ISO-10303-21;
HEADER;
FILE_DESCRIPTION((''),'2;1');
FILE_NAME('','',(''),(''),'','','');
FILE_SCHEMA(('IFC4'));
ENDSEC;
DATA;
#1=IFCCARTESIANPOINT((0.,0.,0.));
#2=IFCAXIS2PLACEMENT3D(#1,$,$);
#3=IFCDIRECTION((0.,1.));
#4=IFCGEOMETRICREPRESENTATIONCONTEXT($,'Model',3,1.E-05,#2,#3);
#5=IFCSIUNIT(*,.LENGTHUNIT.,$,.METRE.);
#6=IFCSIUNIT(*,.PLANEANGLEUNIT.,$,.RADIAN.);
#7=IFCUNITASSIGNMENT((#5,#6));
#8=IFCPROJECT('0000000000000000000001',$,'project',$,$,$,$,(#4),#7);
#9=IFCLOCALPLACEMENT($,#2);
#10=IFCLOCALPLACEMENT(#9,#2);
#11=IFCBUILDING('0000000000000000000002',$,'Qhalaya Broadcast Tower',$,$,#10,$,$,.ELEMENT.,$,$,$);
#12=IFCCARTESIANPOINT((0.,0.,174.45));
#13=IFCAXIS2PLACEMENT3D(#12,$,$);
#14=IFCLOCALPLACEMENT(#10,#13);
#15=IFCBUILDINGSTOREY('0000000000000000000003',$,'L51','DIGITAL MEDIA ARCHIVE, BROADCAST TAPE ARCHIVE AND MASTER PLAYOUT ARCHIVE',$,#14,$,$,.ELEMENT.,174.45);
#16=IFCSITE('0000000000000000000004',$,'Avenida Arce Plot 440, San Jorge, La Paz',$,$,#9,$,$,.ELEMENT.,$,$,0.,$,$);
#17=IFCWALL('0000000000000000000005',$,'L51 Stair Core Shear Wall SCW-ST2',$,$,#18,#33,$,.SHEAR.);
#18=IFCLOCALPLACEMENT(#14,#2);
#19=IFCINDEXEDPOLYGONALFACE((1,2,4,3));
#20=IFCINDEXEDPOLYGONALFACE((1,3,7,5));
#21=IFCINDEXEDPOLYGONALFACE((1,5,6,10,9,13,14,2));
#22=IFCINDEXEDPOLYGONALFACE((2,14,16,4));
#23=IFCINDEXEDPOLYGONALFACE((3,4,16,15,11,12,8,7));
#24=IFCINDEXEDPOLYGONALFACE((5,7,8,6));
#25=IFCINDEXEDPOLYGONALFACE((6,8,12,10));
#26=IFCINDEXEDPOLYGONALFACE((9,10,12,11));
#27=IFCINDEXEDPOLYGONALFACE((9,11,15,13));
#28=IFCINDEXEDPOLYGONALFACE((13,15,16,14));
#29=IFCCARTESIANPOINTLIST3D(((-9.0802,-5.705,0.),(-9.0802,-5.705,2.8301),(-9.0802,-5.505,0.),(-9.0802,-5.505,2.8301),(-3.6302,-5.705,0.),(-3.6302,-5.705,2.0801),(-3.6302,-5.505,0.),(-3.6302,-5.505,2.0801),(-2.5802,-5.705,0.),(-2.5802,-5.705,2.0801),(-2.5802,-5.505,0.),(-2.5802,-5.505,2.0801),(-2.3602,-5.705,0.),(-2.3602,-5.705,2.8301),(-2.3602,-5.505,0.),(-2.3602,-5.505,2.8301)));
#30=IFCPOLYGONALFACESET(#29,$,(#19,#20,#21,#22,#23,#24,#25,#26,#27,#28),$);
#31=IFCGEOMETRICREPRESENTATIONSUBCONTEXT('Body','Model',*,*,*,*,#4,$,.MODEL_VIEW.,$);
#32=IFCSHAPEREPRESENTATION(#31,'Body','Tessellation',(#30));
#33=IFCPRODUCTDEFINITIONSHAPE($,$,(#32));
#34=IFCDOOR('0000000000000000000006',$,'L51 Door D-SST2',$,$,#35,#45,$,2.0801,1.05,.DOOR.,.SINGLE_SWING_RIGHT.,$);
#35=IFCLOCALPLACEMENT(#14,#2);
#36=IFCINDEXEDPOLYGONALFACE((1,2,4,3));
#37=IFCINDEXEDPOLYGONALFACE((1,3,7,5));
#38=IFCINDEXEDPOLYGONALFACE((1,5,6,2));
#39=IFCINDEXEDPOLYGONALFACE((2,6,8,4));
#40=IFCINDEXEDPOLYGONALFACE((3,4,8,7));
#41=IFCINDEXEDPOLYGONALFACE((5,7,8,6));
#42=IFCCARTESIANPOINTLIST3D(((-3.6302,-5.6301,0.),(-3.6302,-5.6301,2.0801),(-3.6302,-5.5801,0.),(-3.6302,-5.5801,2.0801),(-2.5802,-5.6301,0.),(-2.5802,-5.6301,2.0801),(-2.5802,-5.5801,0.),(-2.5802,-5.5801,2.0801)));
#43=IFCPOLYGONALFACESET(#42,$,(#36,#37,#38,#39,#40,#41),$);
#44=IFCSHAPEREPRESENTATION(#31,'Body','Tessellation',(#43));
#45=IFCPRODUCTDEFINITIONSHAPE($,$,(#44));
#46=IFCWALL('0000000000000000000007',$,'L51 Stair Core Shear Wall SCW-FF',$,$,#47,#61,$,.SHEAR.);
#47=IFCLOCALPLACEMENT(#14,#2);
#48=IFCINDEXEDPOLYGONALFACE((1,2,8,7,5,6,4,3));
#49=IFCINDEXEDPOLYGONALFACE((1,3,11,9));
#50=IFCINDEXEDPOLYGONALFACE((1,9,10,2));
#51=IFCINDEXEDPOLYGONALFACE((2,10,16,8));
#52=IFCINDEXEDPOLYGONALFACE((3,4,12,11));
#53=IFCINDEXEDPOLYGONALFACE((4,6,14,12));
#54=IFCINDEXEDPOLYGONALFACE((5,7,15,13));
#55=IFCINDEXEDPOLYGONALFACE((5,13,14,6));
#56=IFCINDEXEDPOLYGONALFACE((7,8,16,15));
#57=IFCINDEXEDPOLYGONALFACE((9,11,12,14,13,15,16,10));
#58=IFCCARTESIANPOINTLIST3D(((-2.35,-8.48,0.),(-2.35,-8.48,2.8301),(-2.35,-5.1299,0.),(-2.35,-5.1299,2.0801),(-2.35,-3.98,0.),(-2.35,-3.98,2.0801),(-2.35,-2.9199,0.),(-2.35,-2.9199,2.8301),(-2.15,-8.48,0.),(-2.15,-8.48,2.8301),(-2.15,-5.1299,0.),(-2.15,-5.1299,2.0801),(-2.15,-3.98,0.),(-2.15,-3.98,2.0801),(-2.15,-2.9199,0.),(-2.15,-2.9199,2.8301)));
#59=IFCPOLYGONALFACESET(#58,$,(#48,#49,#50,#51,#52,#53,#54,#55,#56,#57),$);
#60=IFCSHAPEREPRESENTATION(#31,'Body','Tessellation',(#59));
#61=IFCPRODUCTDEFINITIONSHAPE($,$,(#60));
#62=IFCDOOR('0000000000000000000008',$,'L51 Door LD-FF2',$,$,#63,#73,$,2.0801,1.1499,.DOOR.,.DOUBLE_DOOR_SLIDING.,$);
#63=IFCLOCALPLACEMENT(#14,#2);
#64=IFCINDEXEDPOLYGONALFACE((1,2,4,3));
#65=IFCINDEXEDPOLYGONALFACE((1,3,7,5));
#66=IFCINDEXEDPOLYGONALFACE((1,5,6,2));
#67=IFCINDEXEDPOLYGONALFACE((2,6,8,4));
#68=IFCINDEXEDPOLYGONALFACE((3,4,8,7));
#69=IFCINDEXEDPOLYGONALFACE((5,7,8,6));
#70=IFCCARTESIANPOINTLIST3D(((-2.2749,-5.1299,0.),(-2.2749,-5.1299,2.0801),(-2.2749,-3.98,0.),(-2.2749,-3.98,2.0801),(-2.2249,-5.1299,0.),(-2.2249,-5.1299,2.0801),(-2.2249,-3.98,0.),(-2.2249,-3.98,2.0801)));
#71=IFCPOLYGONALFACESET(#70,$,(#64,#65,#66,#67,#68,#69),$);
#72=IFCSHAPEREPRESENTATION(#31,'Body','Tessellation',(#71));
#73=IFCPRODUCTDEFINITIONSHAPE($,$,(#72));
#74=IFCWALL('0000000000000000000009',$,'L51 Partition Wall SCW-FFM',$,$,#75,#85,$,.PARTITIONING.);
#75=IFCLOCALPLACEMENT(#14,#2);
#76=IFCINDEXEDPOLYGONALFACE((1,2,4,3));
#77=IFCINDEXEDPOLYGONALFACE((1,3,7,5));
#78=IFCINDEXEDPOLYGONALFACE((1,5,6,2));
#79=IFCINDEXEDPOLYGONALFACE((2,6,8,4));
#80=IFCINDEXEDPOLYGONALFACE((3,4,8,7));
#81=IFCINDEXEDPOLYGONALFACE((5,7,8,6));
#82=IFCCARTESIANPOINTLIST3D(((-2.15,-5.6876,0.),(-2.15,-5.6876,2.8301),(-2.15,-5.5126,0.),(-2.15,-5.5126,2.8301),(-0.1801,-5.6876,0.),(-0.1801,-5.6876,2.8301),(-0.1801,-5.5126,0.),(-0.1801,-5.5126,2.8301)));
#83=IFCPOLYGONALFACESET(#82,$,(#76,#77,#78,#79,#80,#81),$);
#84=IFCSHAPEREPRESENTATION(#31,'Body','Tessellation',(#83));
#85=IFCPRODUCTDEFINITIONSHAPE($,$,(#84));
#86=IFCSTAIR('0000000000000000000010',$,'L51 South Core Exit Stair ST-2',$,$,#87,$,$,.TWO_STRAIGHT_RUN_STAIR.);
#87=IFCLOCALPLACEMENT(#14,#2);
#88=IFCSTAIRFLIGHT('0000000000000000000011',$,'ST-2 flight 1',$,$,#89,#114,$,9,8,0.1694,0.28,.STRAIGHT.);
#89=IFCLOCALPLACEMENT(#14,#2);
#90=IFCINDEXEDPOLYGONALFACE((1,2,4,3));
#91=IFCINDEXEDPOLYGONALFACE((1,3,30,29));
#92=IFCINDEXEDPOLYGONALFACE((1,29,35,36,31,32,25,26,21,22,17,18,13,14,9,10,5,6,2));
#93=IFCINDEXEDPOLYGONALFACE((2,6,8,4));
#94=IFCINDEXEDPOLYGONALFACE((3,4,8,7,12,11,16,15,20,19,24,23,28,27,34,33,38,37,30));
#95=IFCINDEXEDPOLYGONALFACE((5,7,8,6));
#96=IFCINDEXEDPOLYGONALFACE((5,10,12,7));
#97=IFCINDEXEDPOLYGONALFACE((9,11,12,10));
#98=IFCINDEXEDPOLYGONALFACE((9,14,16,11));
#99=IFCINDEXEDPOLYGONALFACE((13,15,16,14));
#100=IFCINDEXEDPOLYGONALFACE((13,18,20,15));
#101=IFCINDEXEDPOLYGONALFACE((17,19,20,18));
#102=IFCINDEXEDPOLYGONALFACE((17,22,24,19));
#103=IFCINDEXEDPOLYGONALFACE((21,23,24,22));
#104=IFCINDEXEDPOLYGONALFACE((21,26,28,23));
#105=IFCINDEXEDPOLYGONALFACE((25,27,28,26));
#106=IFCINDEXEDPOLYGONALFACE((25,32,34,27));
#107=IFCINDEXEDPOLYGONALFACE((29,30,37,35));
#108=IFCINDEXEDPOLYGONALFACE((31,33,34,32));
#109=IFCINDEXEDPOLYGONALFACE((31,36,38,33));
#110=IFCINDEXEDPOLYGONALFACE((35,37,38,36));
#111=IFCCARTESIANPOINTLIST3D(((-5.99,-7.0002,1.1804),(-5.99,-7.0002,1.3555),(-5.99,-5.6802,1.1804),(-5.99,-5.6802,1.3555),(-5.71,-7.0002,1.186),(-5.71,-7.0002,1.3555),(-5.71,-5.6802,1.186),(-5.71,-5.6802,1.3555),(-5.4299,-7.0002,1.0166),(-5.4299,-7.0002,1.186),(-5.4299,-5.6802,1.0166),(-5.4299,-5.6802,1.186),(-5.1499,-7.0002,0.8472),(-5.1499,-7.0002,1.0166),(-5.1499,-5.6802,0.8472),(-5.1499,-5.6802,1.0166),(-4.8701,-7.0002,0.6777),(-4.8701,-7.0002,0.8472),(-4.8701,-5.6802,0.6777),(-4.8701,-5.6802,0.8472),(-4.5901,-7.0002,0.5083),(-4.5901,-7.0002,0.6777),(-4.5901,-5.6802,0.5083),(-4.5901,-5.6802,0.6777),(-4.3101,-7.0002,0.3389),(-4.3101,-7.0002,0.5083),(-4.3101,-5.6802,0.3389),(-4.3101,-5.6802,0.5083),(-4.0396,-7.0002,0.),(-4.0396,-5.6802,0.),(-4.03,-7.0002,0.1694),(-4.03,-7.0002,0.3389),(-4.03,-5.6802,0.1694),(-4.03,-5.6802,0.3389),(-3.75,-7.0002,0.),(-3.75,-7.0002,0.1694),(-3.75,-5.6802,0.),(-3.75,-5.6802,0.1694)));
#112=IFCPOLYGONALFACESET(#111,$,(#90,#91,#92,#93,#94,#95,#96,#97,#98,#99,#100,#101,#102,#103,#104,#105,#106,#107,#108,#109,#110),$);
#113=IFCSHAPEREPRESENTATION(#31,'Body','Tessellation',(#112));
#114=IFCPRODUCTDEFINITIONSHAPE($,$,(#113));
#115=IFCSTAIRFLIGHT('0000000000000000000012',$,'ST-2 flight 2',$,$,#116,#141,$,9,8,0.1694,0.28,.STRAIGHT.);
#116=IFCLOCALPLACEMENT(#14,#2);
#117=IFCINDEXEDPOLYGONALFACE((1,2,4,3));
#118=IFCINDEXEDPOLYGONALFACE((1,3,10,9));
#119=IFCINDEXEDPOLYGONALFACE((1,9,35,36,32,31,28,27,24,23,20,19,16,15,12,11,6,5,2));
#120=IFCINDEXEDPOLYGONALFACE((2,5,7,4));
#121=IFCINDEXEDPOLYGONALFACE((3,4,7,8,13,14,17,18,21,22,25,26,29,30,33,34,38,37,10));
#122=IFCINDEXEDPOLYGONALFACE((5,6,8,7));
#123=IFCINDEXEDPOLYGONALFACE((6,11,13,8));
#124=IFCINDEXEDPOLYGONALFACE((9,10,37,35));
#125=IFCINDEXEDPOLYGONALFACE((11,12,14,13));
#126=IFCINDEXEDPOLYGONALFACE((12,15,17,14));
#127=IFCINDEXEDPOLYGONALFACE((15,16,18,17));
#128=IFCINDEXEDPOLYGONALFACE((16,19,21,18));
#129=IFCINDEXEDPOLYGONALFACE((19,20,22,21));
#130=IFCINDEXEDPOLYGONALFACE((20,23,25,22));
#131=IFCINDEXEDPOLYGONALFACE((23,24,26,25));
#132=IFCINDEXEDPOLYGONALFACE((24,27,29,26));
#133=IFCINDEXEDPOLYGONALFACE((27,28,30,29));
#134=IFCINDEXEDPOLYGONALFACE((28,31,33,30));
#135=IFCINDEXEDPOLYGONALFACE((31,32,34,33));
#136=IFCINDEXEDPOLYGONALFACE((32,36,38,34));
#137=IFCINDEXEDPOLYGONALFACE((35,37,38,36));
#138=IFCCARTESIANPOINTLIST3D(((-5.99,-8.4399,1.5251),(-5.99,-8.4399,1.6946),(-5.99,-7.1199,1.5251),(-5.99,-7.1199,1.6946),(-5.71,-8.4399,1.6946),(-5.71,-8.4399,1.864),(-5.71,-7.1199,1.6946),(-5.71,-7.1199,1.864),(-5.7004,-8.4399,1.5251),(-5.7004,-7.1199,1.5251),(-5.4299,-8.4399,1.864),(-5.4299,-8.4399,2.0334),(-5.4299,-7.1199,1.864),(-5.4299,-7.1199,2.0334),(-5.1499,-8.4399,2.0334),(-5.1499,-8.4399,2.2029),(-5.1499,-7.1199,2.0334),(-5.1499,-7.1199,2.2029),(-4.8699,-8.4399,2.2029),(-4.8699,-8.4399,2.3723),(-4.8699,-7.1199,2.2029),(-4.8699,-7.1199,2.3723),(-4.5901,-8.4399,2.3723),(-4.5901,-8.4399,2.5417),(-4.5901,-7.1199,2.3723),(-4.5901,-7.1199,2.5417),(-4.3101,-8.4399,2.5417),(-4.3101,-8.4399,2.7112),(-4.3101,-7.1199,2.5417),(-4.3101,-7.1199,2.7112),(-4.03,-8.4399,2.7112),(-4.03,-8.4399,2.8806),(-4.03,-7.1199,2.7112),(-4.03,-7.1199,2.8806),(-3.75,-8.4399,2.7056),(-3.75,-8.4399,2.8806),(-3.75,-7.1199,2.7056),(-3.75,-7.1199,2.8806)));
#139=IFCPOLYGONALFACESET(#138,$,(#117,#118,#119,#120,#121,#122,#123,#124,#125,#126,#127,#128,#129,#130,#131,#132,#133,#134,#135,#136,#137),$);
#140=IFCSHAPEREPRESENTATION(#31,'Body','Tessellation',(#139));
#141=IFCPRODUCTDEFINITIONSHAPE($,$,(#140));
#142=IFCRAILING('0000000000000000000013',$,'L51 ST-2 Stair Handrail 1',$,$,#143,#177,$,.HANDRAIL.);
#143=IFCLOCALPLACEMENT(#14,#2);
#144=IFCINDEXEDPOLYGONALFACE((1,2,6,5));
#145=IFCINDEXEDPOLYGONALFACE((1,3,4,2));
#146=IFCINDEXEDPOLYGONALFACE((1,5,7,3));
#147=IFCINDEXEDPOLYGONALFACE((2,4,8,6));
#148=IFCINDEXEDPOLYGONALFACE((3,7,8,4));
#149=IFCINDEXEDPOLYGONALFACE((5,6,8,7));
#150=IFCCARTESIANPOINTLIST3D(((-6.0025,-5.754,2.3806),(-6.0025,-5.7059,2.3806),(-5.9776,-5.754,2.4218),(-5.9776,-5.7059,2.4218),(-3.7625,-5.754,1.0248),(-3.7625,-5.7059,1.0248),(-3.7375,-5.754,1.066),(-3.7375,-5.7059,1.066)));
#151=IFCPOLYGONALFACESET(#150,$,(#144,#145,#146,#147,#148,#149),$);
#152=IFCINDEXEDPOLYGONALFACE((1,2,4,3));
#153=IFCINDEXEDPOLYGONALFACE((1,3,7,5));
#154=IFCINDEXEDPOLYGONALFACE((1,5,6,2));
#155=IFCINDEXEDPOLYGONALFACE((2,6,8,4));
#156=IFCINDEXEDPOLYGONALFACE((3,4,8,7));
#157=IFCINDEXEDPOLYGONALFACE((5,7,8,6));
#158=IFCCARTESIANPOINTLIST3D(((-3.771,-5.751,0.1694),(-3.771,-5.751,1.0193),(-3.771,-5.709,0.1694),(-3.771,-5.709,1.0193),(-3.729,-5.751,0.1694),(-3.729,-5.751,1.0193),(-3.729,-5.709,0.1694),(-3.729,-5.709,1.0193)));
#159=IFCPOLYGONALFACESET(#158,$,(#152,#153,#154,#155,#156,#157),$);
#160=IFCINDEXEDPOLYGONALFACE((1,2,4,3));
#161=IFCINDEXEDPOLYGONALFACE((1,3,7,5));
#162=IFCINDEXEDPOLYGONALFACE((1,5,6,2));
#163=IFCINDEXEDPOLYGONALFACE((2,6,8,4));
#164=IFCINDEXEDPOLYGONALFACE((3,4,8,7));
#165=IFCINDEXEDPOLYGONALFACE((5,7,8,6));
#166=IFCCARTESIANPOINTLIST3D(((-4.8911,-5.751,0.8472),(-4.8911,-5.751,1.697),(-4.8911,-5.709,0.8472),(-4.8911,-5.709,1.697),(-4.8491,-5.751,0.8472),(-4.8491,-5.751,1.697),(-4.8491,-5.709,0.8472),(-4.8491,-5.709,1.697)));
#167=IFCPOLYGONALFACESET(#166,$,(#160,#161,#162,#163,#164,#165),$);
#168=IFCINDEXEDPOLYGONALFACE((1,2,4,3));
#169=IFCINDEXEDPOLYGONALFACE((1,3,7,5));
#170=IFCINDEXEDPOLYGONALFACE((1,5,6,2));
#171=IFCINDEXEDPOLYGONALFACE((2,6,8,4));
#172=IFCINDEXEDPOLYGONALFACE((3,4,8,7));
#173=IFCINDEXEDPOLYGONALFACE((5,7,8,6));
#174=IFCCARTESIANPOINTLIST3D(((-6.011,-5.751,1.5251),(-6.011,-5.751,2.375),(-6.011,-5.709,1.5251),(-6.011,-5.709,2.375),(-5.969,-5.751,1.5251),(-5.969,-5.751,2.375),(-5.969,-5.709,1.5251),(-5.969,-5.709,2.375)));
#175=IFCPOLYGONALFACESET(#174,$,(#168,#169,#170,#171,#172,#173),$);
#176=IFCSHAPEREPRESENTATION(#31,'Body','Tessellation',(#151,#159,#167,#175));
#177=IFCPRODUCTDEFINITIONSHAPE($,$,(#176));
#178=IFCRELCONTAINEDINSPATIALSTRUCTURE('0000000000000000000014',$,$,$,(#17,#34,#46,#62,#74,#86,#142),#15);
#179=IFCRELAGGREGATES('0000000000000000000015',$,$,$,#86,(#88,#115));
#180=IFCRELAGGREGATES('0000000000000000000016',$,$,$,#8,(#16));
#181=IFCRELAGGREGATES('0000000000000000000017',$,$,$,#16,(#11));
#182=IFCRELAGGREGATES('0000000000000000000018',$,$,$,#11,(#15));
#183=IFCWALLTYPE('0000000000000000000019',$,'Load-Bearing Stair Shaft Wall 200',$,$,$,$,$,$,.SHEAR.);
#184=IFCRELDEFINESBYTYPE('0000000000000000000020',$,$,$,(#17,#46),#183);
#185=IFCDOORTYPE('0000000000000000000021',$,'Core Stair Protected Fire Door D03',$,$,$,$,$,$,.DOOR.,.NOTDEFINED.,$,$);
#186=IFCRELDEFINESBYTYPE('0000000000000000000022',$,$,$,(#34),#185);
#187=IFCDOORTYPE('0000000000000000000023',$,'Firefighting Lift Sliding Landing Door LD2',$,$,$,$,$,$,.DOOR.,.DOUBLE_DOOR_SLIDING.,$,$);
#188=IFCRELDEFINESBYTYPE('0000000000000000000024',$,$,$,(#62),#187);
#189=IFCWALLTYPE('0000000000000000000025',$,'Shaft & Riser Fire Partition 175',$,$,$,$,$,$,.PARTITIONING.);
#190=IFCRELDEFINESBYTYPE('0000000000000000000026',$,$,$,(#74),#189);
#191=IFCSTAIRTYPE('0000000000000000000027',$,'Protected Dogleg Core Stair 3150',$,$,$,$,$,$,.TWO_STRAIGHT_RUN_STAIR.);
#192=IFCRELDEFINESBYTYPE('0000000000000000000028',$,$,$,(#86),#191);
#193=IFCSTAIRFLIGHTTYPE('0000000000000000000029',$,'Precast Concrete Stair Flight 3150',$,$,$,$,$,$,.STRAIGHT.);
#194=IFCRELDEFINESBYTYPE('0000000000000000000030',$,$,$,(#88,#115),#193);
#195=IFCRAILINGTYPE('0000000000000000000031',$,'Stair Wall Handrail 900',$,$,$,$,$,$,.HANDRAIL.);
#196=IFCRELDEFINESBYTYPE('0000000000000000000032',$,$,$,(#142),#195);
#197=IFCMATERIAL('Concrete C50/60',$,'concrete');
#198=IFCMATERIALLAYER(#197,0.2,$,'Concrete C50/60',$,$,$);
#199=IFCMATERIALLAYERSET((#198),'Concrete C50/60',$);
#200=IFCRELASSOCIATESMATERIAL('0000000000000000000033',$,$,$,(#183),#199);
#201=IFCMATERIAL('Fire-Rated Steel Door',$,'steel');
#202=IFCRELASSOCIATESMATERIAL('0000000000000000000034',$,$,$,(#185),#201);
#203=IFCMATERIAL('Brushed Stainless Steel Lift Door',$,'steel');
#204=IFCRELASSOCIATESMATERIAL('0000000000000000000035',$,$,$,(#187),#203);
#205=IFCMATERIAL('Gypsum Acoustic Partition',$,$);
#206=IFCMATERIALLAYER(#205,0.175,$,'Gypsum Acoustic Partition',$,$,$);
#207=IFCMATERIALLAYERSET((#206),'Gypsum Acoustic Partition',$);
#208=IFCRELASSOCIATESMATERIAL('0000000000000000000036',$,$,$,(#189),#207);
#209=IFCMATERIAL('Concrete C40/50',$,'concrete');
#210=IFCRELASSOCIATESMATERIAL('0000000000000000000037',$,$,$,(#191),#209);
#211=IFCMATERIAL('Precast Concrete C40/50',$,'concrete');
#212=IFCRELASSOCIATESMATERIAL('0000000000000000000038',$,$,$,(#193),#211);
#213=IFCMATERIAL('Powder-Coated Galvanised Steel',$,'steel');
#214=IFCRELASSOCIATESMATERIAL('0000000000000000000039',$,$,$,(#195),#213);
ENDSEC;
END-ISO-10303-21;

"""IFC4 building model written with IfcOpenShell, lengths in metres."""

from ifc_helpers import new_model, si_unit, direction, frame, frame_2d, origin, origin_2d, place, context, subcontext, project, spatial, polyline, rectangle, outline, extrude, material, layer, layer_set, type_object, element, fill, aggregate, save


model = new_model("IFC4")

# Units and contexts
model_context = context("Model", 3, precision=1e-05, world=origin(), true_north=direction((0.0, 1.0)))
body_context = subcontext(model_context, "Body", "Model", "MODEL_VIEW")
ifc_project = project(units=[si_unit("LENGTHUNIT", "METRE"), si_unit("PLANEANGLEUNIT", "RADIAN")], contexts=[model_context])

# Site, building, storey
site_placement = place(None, origin())
site = spatial("IfcSite", under=ifc_project, at=site_placement, Name="Avenida Arce Plot 440, San Jorge, La Paz", CompositionType="ELEMENT", RefElevation=0.0)
building_placement = place(site_placement, origin())
building = spatial("IfcBuilding", under=site, at=building_placement, Name="Qhalaya Broadcast Tower", CompositionType="ELEMENT")
storey_placement = place(building_placement, frame((0.0, 0.0, 174.45)))
storey = spatial("IfcBuildingStorey", under=building, at=storey_placement, Name="L51", Description="DIGITAL MEDIA ARCHIVE, BROADCAST TAPE ARCHIVE AND MASTER PLAYOUT ARCHIVE", CompositionType="ELEMENT", Elevation=174.45)

# Shared definitions
ifc_material_1 = material(Name="Concrete C50/60", Category="concrete")

# Walls, openings, doors
ifc_layer_1 = layer(ifc_material_1, 0.2, Name="Concrete C50/60")
ifc_layer_set_1 = layer_set([ifc_layer_1], Name="Concrete C50/60")
wall_type_1 = type_object("IfcWallType", Name="Load-Bearing Stair Shaft Wall 200", PredefinedType="SHEAR", material=ifc_layer_set_1)
wall_1_placement = place(storey_placement, frame((-9.0801, -5.605, 0.0), z_axis=(0.0, 0.0, 1.0), x_axis=(1.0, 0.0, 0.0)))
wall_1 = element("IfcWall", 1, at=wall_1_placement, inside=storey, type_object=wall_type_1, Name="L51 Stair Core Shear Wall SCW-ST2", PredefinedType="SHEAR", context=body_context, shape_type="SweptSolid", body=[
    extrude(rectangle(XDim=6.72, YDim=0.2, at=frame_2d((3.3599, 0.0))), origin(), (0.0, 0.0, 1.0), 2.8301),
])
opening_1_placement = place(wall_1_placement, frame((5.45, 0.0, 0.0)))
opening_1 = element("IfcOpeningElement", 2, at=opening_1_placement, cuts=wall_1, PredefinedType="OPENING", context=body_context, shape_type="SweptSolid", body=[
    extrude(rectangle(XDim=1.05, YDim=2.0801, at=frame_2d((0.5249, 1.04))), frame((0.0, 0.1121, 0.0), z_axis=(0.0, -1.0, 0.0), x_axis=(1.0, 0.0, 0.0)), (0.0, 0.0, 1.0), 0.2239),
])
ifc_material_2 = material(Name="Fire-Rated Steel Door", Category="steel")
door_type_1 = type_object("IfcDoorType", Name="Core Stair Protected Fire Door D03", OperationType="NOTDEFINED", PredefinedType="DOOR", material=ifc_material_2)
door_1_placement = place(opening_1_placement, origin())
door_1 = element("IfcDoor", 3, at=door_1_placement, inside=storey, type_object=door_type_1, Name="L51 Door D-SST2", OperationType="SINGLE_SWING_RIGHT", OverallHeight=2.0801, OverallWidth=1.05, PredefinedType="DOOR", context=body_context, shape_type="SweptSolid", body=[
    extrude(rectangle(XDim=1.05, YDim=2.0801, at=frame_2d((0.5249, 1.04))), frame((0.0, 0.0249, 0.0), z_axis=(0.0, -1.0, 0.0), x_axis=(1.0, 0.0, 0.0)), (0.0, 0.0, 1.0), 0.05),
])
fill(opening_1, door_1)
wall_2_placement = place(storey_placement, frame((-2.25, -8.48, 0.0), z_axis=(0.0, 0.0, 1.0), x_axis=(0.0, 1.0, 0.0)))
wall_2 = element("IfcWall", 4, at=wall_2_placement, inside=storey, type_object=wall_type_1, Name="L51 Stair Core Shear Wall SCW-FF", PredefinedType="SHEAR", context=body_context, shape_type="SweptSolid", body=[
    extrude(rectangle(XDim=5.5601, YDim=0.2, at=frame_2d((2.78, 0.0))), origin(), (0.0, 0.0, 1.0), 2.8301),
])
opening_2_placement = place(wall_2_placement, frame((3.3501, 0.0, 0.0)))
opening_2 = element("IfcOpeningElement", 5, at=opening_2_placement, cuts=wall_2, PredefinedType="OPENING", context=body_context, shape_type="SweptSolid", body=[
    extrude(rectangle(XDim=1.1499, YDim=2.0801, at=frame_2d((0.575, 1.04))), frame((0.0, 0.1121, 0.0), z_axis=(0.0, -1.0, 0.0), x_axis=(1.0, 0.0, 0.0)), (0.0, 0.0, 1.0), 0.2239),
])
ifc_material_3 = material(Name="Brushed Stainless Steel Lift Door", Category="steel")
door_type_2 = type_object("IfcDoorType", Name="Firefighting Lift Sliding Landing Door LD2", OperationType="DOUBLE_DOOR_SLIDING", PredefinedType="DOOR", material=ifc_material_3)
door_2_placement = place(opening_2_placement, origin())
door_2 = element("IfcDoor", 6, at=door_2_placement, inside=storey, type_object=door_type_2, Name="L51 Door LD-FF2", OperationType="DOUBLE_DOOR_SLIDING", OverallHeight=2.0801, OverallWidth=1.1499, PredefinedType="DOOR", context=body_context, shape_type="SweptSolid", body=[
    extrude(rectangle(XDim=1.1499, YDim=2.0801, at=frame_2d((0.575, 1.04))), frame((0.0, 0.0249, 0.0), z_axis=(0.0, -1.0, 0.0), x_axis=(1.0, 0.0, 0.0)), (0.0, 0.0, 1.0), 0.05),
])
fill(opening_2, door_2)

# Wall
ifc_material_4 = material(Name="Gypsum Acoustic Partition")
ifc_layer_2 = layer(ifc_material_4, 0.175, Name="Gypsum Acoustic Partition")
ifc_layer_set_2 = layer_set([ifc_layer_2], Name="Gypsum Acoustic Partition")
wall_type_2 = type_object("IfcWallType", Name="Shaft & Riser Fire Partition 175", PredefinedType="PARTITIONING", material=ifc_layer_set_2)
wall_3_placement = place(storey_placement, frame((-2.1499, -5.6001, 0.0), z_axis=(0.0, 0.0, 1.0), x_axis=(1.0, 0.0, 0.0)))
element("IfcWall", 7, at=wall_3_placement, inside=storey, type_object=wall_type_2, Name="L51 Partition Wall SCW-FFM", PredefinedType="PARTITIONING", context=body_context, shape_type="SweptSolid", body=[
    extrude(rectangle(XDim=1.97, YDim=0.175, at=frame_2d((0.9849, 0.0))), origin(), (0.0, 0.0, 1.0), 2.8301),
])

# Stair, stair flights
ifc_material_5 = material(Name="Concrete C40/50", Category="concrete")
stair_type = type_object("IfcStairType", Name="Protected Dogleg Core Stair 3150", PredefinedType="TWO_STRAIGHT_RUN_STAIR", material=ifc_material_5)
stair_placement = place(storey_placement, origin())
stair = element("IfcStair", 8, at=stair_placement, inside=storey, type_object=stair_type, Name="L51 South Core Exit Stair ST-2", PredefinedType="TWO_STRAIGHT_RUN_STAIR")
ifc_material_6 = material(Name="Precast Concrete C40/50", Category="concrete")
stair_flight_type = type_object("IfcStairFlightType", Name="Precast Concrete Stair Flight 3150", PredefinedType="STRAIGHT", material=ifc_material_6)
stair_flight_1_placement = place(storey_placement, frame((-3.75, -6.3401, 0.0), z_axis=(0.0, 0.0, 1.0), x_axis=(-1.0, 0.0, 0.0)))
stair_flight_1 = element("IfcStairFlight", 9, at=stair_flight_1_placement, type_object=stair_flight_type, Name="ST-2 flight 1", NumberOfRisers=9, NumberOfTreads=8, PredefinedType="STRAIGHT", RiserHeight=0.1694, TreadLength=0.28, context=body_context, shape_type="SweptSolid", body=[
    extrude(outline(polyline([(0.0, 0.0), (0.0, 0.1694), (0.28, 0.1694), (0.28, 0.3389), (0.5601, 0.3389), (0.5601, 0.5083), (0.8401, 0.5083), (0.8401, 0.6777), (1.1201, 0.6777), (1.1201, 0.8472), (1.3999, 0.8472), (1.3999, 1.0166), (1.6799, 1.0166), (1.6799, 1.186), (1.96, 1.186), (1.96, 1.3555), (2.24, 1.3555), (2.24, 1.5249), (2.24, 1.1804), (0.2896, 0.0), (0.0, 0.0)])), frame((0.0, 0.6602, 0.0), z_axis=(0.0, -1.0, 0.0), x_axis=(1.0, 0.0, 0.0)), (0.0, 0.0, 1.0), 1.3201),
])
stair_flight_2_placement = place(storey_placement, frame((-5.99, -7.78, 1.5251), z_axis=(0.0, 0.0, 1.0), x_axis=(1.0, 0.0, 0.0)))
stair_flight_2 = element("IfcStairFlight", 10, at=stair_flight_2_placement, type_object=stair_flight_type, Name="ST-2 flight 2", NumberOfRisers=9, NumberOfTreads=8, PredefinedType="STRAIGHT", RiserHeight=0.1694, TreadLength=0.28, context=body_context, shape_type="SweptSolid", body=[
    extrude(outline(polyline([(0.0, 0.0), (0.0, 0.1694), (0.28, 0.1694), (0.28, 0.3389), (0.5601, 0.3389), (0.5601, 0.5083), (0.8401, 0.5083), (0.8401, 0.6777), (1.1201, 0.6777), (1.1201, 0.8472), (1.3999, 0.8472), (1.3999, 1.0166), (1.6799, 1.0166), (1.6799, 1.186), (1.96, 1.186), (1.96, 1.3555), (2.24, 1.3555), (2.24, 1.5249), (2.24, 1.1804), (0.2896, 0.0), (0.0, 0.0)])), frame((0.0, 0.6602, 0.0), z_axis=(0.0, -1.0, 0.0), x_axis=(1.0, 0.0, 0.0)), (0.0, 0.0, 1.0), 1.3201),
])
aggregate(stair, [stair_flight_1, stair_flight_2])

# Railing
ifc_material_7 = material(Name="Powder-Coated Galvanised Steel", Category="steel")
railing_type_1 = type_object("IfcRailingType", Name="Stair Wall Handrail 900", PredefinedType="HANDRAIL", material=ifc_material_7)
railing_1_placement = place(storey_placement, frame((-3.75, -5.73, 0.1694)))
element("IfcRailing", 11, at=railing_1_placement, inside=storey, type_object=railing_type_1, Name="L51 ST-2 Stair Handrail 1", PredefinedType="HANDRAIL", context=body_context, shape_type="SweptSolid", body=[
    extrude(rectangle(XDim=0.0481, YDim=0.0481, at=origin_2d()), frame((0.0, 0.0, 0.876), z_axis=(-0.855512, 0.0, 0.517783), x_axis=(0.0, -1.0, 0.0)), (0.0, 0.0, 1.0), 2.6184),
    extrude(rectangle(XDim=0.042, YDim=0.042, at=origin_2d()), origin(), (0.0, 0.0, 1.0), 0.8499),
    extrude(rectangle(XDim=0.042, YDim=0.042, at=origin_2d()), frame((-1.1201, 0.0, 0.6777)), (0.0, 0.0, 1.0), 0.8499),
    extrude(rectangle(XDim=0.042, YDim=0.042, at=origin_2d()), frame((-2.24, 0.0, 1.3557)), (0.0, 0.0, 1.0), 0.8499),
])

save(model, "model.ifc")
